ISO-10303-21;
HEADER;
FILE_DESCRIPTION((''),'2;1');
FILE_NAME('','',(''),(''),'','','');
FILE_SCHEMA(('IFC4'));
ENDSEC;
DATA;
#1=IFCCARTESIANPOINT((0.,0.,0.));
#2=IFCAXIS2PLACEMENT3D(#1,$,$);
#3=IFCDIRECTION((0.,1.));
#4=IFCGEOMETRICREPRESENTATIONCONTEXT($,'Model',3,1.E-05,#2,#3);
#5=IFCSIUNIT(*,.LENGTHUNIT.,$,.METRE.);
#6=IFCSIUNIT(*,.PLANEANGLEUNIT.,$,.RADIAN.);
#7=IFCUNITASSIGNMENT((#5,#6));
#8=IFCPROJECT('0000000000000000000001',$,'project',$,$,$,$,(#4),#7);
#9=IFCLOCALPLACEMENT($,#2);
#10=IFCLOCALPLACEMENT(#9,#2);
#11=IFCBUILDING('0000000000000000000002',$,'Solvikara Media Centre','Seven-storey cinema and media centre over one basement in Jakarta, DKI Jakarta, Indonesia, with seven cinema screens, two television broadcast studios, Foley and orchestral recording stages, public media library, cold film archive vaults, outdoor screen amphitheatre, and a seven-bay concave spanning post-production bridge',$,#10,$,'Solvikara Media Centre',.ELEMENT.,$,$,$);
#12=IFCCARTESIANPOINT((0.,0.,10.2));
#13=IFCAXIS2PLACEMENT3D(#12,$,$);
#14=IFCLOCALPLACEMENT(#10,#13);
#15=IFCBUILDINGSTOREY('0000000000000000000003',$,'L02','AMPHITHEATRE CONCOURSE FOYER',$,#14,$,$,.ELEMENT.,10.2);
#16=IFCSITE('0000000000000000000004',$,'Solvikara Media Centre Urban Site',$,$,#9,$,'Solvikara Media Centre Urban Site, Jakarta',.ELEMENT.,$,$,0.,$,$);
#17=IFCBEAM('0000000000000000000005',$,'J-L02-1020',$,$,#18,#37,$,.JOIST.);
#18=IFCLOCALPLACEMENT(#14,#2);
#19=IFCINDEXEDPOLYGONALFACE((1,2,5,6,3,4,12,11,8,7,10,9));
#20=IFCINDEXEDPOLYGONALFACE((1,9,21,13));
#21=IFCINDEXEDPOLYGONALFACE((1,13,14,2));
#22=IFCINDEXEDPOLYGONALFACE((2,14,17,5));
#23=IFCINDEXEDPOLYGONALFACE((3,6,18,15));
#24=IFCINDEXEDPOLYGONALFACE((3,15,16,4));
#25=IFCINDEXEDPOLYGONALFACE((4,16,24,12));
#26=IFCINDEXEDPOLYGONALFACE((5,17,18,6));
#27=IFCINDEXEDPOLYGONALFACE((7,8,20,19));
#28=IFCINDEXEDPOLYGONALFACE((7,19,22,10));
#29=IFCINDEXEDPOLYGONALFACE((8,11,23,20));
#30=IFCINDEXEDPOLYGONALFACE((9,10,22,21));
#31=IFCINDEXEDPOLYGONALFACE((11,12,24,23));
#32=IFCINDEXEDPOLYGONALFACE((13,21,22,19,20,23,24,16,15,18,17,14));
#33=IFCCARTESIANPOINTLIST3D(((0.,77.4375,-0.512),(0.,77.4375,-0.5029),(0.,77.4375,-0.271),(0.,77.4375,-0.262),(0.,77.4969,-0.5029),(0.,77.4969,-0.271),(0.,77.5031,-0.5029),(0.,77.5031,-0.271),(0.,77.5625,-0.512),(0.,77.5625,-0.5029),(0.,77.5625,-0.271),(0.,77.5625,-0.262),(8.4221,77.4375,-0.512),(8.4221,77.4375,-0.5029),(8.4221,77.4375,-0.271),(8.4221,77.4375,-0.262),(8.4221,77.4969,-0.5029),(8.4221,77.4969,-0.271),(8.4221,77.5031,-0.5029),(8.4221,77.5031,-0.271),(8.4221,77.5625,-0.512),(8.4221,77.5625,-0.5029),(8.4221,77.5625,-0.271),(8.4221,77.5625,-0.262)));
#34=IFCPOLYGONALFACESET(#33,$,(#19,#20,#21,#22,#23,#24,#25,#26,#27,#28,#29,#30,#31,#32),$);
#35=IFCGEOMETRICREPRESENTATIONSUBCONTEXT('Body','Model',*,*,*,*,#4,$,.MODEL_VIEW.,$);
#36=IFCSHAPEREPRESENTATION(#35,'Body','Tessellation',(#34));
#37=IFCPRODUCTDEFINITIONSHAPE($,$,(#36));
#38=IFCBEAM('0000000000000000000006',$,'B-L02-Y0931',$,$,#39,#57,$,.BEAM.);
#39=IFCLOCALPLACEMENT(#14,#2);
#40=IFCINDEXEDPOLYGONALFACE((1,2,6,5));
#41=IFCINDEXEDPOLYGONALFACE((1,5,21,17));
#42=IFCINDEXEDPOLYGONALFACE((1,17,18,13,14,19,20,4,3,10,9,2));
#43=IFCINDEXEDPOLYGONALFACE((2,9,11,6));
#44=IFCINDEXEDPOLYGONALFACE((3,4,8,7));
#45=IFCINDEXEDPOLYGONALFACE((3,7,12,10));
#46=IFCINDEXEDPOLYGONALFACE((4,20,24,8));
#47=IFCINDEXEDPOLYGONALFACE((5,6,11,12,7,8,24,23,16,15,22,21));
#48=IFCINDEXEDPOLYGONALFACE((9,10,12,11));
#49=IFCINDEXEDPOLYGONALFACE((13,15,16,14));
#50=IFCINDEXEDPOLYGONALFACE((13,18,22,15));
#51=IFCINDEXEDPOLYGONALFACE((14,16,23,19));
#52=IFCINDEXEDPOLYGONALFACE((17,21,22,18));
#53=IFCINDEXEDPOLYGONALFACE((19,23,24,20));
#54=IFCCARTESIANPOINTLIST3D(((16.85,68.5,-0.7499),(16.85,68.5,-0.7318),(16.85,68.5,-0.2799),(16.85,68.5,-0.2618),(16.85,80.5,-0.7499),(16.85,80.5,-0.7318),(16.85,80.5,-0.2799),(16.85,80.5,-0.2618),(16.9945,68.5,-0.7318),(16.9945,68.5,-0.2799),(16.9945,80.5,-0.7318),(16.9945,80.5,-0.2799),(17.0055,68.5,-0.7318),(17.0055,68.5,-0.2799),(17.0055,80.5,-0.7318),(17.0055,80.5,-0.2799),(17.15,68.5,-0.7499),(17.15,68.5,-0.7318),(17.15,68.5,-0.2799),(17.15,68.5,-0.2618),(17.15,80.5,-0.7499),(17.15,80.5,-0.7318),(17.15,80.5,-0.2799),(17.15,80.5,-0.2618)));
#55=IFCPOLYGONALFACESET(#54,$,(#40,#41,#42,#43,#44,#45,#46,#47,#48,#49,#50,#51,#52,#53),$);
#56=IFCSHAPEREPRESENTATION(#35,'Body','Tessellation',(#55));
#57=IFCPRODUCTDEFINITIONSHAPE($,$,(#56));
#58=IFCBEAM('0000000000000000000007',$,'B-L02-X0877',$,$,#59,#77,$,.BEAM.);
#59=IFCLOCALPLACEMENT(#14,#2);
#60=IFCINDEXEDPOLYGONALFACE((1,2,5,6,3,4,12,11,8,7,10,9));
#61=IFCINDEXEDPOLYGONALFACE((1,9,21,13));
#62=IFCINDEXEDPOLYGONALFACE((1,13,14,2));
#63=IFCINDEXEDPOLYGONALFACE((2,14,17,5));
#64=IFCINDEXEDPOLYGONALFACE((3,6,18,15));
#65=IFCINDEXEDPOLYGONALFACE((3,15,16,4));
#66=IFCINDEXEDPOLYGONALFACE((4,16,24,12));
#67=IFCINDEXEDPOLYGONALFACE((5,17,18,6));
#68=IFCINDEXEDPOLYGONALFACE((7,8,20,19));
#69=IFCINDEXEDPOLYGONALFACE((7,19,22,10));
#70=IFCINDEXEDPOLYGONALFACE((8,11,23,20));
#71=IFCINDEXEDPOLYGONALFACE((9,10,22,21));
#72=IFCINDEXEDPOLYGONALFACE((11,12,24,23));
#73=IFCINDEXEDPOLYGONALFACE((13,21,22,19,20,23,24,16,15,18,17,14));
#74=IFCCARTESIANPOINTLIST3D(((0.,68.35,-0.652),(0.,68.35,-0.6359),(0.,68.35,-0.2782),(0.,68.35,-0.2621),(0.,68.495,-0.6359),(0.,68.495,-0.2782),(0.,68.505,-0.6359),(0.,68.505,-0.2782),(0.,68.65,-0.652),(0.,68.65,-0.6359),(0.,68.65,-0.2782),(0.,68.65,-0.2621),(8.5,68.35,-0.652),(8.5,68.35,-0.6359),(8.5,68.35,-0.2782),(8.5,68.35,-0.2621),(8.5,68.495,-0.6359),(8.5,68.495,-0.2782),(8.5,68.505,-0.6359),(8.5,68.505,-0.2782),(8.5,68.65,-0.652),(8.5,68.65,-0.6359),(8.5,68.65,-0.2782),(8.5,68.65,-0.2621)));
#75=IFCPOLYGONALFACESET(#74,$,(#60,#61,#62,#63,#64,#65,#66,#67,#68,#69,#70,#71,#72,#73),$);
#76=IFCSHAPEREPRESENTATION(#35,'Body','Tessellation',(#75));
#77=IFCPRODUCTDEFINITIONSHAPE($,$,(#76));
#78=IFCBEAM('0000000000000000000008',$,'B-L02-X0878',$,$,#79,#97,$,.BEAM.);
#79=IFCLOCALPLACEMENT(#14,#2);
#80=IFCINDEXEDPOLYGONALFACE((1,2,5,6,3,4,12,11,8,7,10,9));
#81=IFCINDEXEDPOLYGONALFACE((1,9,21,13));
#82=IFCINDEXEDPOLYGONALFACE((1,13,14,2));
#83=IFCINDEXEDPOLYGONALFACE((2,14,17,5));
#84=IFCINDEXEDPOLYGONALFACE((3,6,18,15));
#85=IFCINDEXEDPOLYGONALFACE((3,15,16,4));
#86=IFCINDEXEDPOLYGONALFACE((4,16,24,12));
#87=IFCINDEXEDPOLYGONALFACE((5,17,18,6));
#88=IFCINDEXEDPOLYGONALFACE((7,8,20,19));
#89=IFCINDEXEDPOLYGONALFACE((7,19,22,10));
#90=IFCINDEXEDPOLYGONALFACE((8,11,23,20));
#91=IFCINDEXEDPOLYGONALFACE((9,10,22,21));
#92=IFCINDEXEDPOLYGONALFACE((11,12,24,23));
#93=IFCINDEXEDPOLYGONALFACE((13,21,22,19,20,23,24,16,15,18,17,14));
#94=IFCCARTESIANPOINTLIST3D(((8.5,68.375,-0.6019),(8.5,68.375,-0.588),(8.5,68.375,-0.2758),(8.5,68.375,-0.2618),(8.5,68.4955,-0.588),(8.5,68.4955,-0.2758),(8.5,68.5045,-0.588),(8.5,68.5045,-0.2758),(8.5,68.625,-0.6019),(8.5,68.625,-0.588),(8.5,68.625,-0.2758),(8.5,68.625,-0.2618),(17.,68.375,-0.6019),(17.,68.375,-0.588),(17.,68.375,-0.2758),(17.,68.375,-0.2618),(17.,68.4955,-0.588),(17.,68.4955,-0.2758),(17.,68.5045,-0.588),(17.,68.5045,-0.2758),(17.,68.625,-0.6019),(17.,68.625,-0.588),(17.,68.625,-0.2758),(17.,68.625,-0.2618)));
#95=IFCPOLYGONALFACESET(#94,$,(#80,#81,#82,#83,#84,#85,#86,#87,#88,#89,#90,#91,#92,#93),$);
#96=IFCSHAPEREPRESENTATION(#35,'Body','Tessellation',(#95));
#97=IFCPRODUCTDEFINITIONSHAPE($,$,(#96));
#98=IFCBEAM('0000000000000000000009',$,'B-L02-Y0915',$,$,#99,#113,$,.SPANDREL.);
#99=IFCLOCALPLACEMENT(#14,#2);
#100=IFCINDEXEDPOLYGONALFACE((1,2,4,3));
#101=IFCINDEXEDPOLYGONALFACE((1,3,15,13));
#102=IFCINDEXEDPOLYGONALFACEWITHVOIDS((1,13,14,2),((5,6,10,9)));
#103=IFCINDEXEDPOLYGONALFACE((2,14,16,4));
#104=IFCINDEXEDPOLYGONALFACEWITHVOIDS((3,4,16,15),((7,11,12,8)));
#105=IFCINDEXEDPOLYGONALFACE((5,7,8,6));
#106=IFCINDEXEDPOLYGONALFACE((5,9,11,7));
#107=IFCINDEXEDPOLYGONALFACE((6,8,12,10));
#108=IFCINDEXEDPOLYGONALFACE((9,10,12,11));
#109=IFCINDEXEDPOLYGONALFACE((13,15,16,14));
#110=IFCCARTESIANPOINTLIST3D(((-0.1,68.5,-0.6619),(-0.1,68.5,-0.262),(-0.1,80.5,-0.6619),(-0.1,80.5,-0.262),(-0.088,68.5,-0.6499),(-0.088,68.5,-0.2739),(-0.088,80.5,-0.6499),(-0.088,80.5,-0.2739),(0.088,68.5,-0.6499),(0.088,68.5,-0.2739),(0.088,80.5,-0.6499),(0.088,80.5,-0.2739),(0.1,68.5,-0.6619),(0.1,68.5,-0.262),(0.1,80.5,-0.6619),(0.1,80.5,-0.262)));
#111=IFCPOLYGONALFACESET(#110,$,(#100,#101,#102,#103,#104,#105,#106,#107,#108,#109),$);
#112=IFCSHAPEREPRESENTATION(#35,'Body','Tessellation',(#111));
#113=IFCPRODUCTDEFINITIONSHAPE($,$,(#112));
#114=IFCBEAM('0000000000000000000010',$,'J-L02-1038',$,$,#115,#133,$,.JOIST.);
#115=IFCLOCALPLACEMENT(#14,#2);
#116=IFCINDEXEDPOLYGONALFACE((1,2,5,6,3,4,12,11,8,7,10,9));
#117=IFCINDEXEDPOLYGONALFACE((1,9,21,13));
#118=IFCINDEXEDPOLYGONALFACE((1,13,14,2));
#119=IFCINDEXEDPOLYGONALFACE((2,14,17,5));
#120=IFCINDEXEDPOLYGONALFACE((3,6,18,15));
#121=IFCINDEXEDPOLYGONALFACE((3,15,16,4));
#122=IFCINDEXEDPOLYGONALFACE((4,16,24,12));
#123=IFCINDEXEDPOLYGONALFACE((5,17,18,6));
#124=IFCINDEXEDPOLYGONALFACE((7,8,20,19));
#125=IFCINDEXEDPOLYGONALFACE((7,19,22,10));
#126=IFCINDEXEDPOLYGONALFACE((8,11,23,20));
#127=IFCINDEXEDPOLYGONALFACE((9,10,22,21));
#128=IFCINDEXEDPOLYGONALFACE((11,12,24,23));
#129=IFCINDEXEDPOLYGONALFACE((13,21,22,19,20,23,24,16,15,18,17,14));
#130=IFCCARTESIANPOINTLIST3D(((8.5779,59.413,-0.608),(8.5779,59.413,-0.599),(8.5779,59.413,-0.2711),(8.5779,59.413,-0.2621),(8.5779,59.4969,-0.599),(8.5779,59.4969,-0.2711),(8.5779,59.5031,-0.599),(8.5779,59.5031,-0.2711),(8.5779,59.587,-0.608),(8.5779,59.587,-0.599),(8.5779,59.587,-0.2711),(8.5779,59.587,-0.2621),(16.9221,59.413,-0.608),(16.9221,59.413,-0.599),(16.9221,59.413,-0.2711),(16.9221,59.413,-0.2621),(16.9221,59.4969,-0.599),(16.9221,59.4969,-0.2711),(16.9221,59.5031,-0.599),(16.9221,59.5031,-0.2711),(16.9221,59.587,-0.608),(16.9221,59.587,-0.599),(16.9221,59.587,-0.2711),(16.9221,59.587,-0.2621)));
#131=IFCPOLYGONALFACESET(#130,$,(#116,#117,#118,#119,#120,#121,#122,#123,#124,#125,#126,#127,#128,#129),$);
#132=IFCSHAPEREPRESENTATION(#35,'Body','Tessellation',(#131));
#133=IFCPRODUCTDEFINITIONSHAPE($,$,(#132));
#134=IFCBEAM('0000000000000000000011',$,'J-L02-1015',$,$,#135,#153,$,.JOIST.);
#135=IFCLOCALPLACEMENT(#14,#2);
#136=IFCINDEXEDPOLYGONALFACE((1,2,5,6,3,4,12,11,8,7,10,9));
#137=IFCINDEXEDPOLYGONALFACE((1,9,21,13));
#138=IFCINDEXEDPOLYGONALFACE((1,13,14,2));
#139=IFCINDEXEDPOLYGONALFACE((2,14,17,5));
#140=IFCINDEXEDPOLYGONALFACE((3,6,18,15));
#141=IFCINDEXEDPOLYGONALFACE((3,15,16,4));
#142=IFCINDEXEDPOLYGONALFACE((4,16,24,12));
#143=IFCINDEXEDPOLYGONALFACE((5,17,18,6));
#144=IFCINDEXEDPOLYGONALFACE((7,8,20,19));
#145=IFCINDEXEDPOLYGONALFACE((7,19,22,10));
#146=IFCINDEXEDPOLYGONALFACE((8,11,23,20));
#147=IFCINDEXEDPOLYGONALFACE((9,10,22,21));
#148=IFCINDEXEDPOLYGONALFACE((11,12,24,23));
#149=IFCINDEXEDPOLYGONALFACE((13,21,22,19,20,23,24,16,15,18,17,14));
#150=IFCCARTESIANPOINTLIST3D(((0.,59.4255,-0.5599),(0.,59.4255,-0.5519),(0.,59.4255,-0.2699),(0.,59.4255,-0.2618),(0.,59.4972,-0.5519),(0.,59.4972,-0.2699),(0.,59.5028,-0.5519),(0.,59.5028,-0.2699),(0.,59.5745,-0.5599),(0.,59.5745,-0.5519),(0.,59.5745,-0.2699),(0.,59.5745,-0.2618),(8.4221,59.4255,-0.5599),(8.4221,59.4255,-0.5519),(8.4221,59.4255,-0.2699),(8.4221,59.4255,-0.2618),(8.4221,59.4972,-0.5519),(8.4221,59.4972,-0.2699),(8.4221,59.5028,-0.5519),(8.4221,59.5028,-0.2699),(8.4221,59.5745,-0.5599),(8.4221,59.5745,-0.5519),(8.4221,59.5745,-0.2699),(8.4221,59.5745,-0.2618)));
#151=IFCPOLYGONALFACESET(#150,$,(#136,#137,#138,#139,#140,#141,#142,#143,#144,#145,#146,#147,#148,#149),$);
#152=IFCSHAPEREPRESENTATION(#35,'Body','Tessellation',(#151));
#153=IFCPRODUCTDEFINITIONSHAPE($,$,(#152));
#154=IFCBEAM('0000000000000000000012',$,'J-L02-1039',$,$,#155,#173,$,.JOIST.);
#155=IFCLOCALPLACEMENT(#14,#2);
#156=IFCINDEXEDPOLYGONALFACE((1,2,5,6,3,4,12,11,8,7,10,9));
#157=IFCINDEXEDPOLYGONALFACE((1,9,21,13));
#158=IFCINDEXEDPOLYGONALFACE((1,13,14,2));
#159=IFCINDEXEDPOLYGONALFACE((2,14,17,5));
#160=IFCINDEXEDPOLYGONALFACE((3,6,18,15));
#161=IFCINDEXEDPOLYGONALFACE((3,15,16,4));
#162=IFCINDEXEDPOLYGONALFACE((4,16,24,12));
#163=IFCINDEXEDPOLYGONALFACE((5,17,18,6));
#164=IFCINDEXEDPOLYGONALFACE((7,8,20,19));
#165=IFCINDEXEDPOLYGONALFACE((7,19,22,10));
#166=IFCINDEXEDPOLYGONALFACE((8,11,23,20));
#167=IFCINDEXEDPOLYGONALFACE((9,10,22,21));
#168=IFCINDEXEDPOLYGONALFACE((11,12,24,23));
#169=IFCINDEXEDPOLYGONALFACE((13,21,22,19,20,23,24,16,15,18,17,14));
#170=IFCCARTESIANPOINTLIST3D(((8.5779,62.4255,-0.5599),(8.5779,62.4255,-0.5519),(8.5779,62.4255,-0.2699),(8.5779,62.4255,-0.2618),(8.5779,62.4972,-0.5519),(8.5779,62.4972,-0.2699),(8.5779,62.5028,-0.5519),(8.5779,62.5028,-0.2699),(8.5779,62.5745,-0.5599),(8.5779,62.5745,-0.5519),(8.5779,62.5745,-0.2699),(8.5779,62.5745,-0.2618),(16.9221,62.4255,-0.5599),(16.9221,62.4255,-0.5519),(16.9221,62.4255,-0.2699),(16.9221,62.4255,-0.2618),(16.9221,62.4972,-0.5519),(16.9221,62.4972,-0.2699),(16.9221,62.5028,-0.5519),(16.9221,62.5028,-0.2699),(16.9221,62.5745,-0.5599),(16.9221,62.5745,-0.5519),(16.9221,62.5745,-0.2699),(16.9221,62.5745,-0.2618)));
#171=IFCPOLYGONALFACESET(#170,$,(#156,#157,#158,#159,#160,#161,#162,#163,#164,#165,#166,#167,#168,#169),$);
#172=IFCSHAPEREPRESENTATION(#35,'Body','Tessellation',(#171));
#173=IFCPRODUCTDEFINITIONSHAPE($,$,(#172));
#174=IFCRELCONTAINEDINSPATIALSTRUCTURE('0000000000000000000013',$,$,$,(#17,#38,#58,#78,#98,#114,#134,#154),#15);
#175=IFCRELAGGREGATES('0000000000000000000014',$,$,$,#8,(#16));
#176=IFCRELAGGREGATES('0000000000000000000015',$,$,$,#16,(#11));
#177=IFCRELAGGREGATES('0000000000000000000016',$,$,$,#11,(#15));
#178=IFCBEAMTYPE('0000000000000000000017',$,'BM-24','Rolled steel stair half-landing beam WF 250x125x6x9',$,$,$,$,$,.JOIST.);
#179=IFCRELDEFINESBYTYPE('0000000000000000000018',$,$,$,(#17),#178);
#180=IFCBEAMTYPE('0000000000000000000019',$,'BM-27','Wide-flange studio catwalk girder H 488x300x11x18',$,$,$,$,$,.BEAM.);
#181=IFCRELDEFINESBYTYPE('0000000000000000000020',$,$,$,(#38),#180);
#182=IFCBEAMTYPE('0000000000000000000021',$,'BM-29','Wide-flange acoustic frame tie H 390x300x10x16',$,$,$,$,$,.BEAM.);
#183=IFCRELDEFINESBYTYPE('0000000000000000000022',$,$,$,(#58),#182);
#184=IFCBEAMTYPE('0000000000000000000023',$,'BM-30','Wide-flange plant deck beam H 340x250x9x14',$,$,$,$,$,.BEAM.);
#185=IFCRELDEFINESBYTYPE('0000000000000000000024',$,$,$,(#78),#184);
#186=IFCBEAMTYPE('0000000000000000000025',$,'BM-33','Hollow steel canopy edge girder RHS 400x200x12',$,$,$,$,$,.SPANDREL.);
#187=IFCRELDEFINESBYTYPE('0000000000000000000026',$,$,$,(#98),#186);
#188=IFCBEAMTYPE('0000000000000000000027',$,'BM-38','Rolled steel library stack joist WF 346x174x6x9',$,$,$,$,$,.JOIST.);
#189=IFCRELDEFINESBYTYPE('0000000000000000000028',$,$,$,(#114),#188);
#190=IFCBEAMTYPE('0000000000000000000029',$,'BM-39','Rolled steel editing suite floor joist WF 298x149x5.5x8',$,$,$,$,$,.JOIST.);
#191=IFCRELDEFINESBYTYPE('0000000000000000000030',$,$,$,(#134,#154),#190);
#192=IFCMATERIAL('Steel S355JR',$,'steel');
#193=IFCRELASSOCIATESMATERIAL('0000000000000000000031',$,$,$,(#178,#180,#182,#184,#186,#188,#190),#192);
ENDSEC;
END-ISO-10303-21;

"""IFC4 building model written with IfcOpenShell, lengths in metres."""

from ifc_helpers import new_model, si_unit, direction, frame, origin, origin_2d, place, context, subcontext, project, spatial, hollow_rectangle, i_section, extrude, material, material_profile, profile_set, type_object, element, save


model = new_model("IFC4")

# Units and contexts
model_context = context("Model", 3, precision=1e-05, world=origin(), true_north=direction((0.0, 1.0)))
body_context = subcontext(model_context, "Body", "Model", "MODEL_VIEW")
ifc_project = project(units=[si_unit("LENGTHUNIT", "METRE"), si_unit("PLANEANGLEUNIT", "RADIAN")], contexts=[model_context])

# Site, building, storey
site_placement = place(None, origin())
site = spatial("IfcSite", under=ifc_project, at=site_placement, Name="Solvikara Media Centre Urban Site", LongName="Solvikara Media Centre Urban Site, Jakarta", CompositionType="ELEMENT", RefElevation=0.0)
building_placement = place(site_placement, origin())
building = spatial("IfcBuilding", under=site, at=building_placement, Name="Solvikara Media Centre", Description="Seven-storey cinema and media centre over one basement in Jakarta, DKI Jakarta, Indonesia, with seven cinema screens, two television broadcast studios, Foley and orchestral recording stages, public media library, cold film archive vaults, outdoor screen amphitheatre, and a seven-bay concave spanning post-production bridge", LongName="Solvikara Media Centre", CompositionType="ELEMENT")
storey_placement = place(building_placement, frame((0.0, 0.0, 10.2)))
storey = spatial("IfcBuildingStorey", under=building, at=storey_placement, Name="L02", Description="AMPHITHEATRE CONCOURSE FOYER", CompositionType="ELEMENT", Elevation=10.2)

# Beams
ifc_material_1 = material(Name="Steel S355JR", Category="steel")
ifc_material_profile_1 = material_profile(ifc_material_1, i_section(OverallWidth=0.125, OverallDepth=0.25, WebThickness=0.0061, FlangeThickness=0.009, at=origin_2d()), Name="WF 250x125x6x9")
ifc_profile_set_1 = profile_set([ifc_material_profile_1], Name="Steel S355JR")
beam_type_1 = type_object("IfcBeamType", Name="BM-24", Description="Rolled steel stair half-landing beam WF 250x125x6x9", PredefinedType="JOIST", material=ifc_profile_set_1)
beam_1_placement = place(storey_placement, frame((0.0, 77.5, -0.387), z_axis=(1.0, 0.0, 0.0), x_axis=(0.0, 1.0, 0.0)))
element("IfcBeam", 1, at=beam_1_placement, inside=storey, type_object=beam_type_1, Name="J-L02-1020", PredefinedType="JOIST", context=body_context, shape_type="SweptSolid", body=[
    extrude(i_section(OverallWidth=0.125, OverallDepth=0.25, WebThickness=0.0061, FlangeThickness=0.009, at=origin_2d()), origin(), (0.0, 0.0, 1.0), 8.4221),
])
ifc_material_profile_2 = material_profile(ifc_material_1, i_section(OverallWidth=0.3, OverallDepth=0.488, WebThickness=0.011, FlangeThickness=0.0181, at=origin_2d()), Name="H 488x300x11x18")
ifc_profile_set_2 = profile_set([ifc_material_profile_2], Name="Steel S355JR")
beam_type_2 = type_object("IfcBeamType", Name="BM-27", Description="Wide-flange studio catwalk girder H 488x300x11x18", PredefinedType="BEAM", material=ifc_profile_set_2)
beam_2_placement = place(storey_placement, frame((17.0, 68.5, -0.5059), z_axis=(0.0, 1.0, 0.0), x_axis=(-1.0, 0.0, 0.0)))
element("IfcBeam", 2, at=beam_2_placement, inside=storey, type_object=beam_type_2, Name="B-L02-Y0931", PredefinedType="BEAM", context=body_context, shape_type="SweptSolid", body=[
    extrude(i_section(OverallWidth=0.3, OverallDepth=0.488, WebThickness=0.011, FlangeThickness=0.0181, at=origin_2d()), origin(), (0.0, 0.0, 1.0), 12.0),
])
ifc_material_profile_3 = material_profile(ifc_material_1, i_section(OverallWidth=0.3, OverallDepth=0.3899, WebThickness=0.01, FlangeThickness=0.0161, at=origin_2d()), Name="H 390x300x10x16")
ifc_profile_set_3 = profile_set([ifc_material_profile_3], Name="Steel S355JR")
beam_type_3 = type_object("IfcBeamType", Name="BM-29", Description="Wide-flange acoustic frame tie H 390x300x10x16", PredefinedType="BEAM", material=ifc_profile_set_3)
beam_3_placement = place(storey_placement, frame((0.0, 68.5, -0.457), z_axis=(1.0, 0.0, 0.0), x_axis=(0.0, 1.0, 0.0)))
element("IfcBeam", 3, at=beam_3_placement, inside=storey, type_object=beam_type_3, Name="B-L02-X0877", PredefinedType="BEAM", context=body_context, shape_type="SweptSolid", body=[
    extrude(i_section(OverallWidth=0.3, OverallDepth=0.3899, WebThickness=0.01, FlangeThickness=0.0161, at=origin_2d()), origin(), (0.0, 0.0, 1.0), 8.5),
])
ifc_material_profile_4 = material_profile(ifc_material_1, i_section(OverallWidth=0.25, OverallDepth=0.3401, WebThickness=0.009, FlangeThickness=0.0139, at=origin_2d()), Name="H 340x250x9x14")
ifc_profile_set_4 = profile_set([ifc_material_profile_4], Name="Steel S355JR")
beam_type_4 = type_object("IfcBeamType", Name="BM-30", Description="Wide-flange plant deck beam H 340x250x9x14", PredefinedType="BEAM", material=ifc_profile_set_4)
beam_4_placement = place(storey_placement, frame((8.5, 68.5, -0.4319), z_axis=(1.0, 0.0, 0.0), x_axis=(0.0, 1.0, 0.0)))
element("IfcBeam", 4, at=beam_4_placement, inside=storey, type_object=beam_type_4, Name="B-L02-X0878", PredefinedType="BEAM", context=body_context, shape_type="SweptSolid", body=[
    extrude(i_section(OverallWidth=0.25, OverallDepth=0.3401, WebThickness=0.009, FlangeThickness=0.0139, at=origin_2d()), origin(), (0.0, 0.0, 1.0), 8.5),
])
ifc_material_profile_5 = material_profile(ifc_material_1, hollow_rectangle(XDim=0.2, YDim=0.3999, WallThickness=0.012, at=origin_2d()), Name="RHS 400x200x12")
ifc_profile_set_5 = profile_set([ifc_material_profile_5], Name="Steel S355JR")
beam_type_5 = type_object("IfcBeamType", Name="BM-33", Description="Hollow steel canopy edge girder RHS 400x200x12", PredefinedType="SPANDREL", material=ifc_profile_set_5)
beam_5_placement = place(storey_placement, frame((0.0, 68.5, -0.4619), z_axis=(0.0, 1.0, 0.0), x_axis=(-1.0, 0.0, 0.0)))
element("IfcBeam", 5, at=beam_5_placement, inside=storey, type_object=beam_type_5, Name="B-L02-Y0915", PredefinedType="SPANDREL", context=body_context, shape_type="SweptSolid", body=[
    extrude(hollow_rectangle(XDim=0.2, YDim=0.3999, WallThickness=0.012, at=origin_2d()), origin(), (0.0, 0.0, 1.0), 12.0),
])
ifc_material_profile_6 = material_profile(ifc_material_1, i_section(OverallWidth=0.1741, OverallDepth=0.3459, WebThickness=0.0061, FlangeThickness=0.009, at=origin_2d()), Name="WF 346x174x6x9")
ifc_profile_set_6 = profile_set([ifc_material_profile_6], Name="Steel S355JR")
beam_type_6 = type_object("IfcBeamType", Name="BM-38", Description="Rolled steel library stack joist WF 346x174x6x9", PredefinedType="JOIST", material=ifc_profile_set_6)
beam_6_placement = place(storey_placement, frame((8.5779, 59.5, -0.4351), z_axis=(1.0, 0.0, 0.0), x_axis=(0.0, 1.0, 0.0)))
element("IfcBeam", 6, at=beam_6_placement, inside=storey, type_object=beam_type_6, Name="J-L02-1038", PredefinedType="JOIST", context=body_context, shape_type="SweptSolid", body=[
    extrude(i_section(OverallWidth=0.1741, OverallDepth=0.3459, WebThickness=0.0061, FlangeThickness=0.009, at=origin_2d()), origin(), (0.0, 0.0, 1.0), 8.3442),
])
ifc_material_profile_7 = material_profile(ifc_material_1, i_section(OverallWidth=0.1489, OverallDepth=0.2981, WebThickness=0.0056, FlangeThickness=0.0081, at=origin_2d()), Name="WF 298x149x5.5x8")
ifc_profile_set_7 = profile_set([ifc_material_profile_7], Name="Steel S355JR")
beam_type_7 = type_object("IfcBeamType", Name="BM-39", Description="Rolled steel editing suite floor joist WF 298x149x5.5x8", PredefinedType="JOIST", material=ifc_profile_set_7)
beam_7_placement = place(storey_placement, frame((0.0, 59.5, -0.4109), z_axis=(1.0, 0.0, 0.0), x_axis=(0.0, 1.0, 0.0)))
element("IfcBeam", 7, at=beam_7_placement, inside=storey, type_object=beam_type_7, Name="J-L02-1015", PredefinedType="JOIST", context=body_context, shape_type="SweptSolid", body=[
    extrude(i_section(OverallWidth=0.1489, OverallDepth=0.2981, WebThickness=0.0056, FlangeThickness=0.0081, at=origin_2d()), origin(), (0.0, 0.0, 1.0), 8.4221),
])
beam_8_placement = place(storey_placement, frame((8.5779, 62.5, -0.4109), z_axis=(1.0, 0.0, 0.0), x_axis=(0.0, 1.0, 0.0)))
element("IfcBeam", 8, at=beam_8_placement, inside=storey, type_object=beam_type_7, Name="J-L02-1039", PredefinedType="JOIST", context=body_context, shape_type="SweptSolid", body=[
    extrude(i_section(OverallWidth=0.1489, OverallDepth=0.2981, WebThickness=0.0056, FlangeThickness=0.0081, at=origin_2d()), origin(), (0.0, 0.0, 1.0), 8.3442),
])

save(model, "model.ifc")
